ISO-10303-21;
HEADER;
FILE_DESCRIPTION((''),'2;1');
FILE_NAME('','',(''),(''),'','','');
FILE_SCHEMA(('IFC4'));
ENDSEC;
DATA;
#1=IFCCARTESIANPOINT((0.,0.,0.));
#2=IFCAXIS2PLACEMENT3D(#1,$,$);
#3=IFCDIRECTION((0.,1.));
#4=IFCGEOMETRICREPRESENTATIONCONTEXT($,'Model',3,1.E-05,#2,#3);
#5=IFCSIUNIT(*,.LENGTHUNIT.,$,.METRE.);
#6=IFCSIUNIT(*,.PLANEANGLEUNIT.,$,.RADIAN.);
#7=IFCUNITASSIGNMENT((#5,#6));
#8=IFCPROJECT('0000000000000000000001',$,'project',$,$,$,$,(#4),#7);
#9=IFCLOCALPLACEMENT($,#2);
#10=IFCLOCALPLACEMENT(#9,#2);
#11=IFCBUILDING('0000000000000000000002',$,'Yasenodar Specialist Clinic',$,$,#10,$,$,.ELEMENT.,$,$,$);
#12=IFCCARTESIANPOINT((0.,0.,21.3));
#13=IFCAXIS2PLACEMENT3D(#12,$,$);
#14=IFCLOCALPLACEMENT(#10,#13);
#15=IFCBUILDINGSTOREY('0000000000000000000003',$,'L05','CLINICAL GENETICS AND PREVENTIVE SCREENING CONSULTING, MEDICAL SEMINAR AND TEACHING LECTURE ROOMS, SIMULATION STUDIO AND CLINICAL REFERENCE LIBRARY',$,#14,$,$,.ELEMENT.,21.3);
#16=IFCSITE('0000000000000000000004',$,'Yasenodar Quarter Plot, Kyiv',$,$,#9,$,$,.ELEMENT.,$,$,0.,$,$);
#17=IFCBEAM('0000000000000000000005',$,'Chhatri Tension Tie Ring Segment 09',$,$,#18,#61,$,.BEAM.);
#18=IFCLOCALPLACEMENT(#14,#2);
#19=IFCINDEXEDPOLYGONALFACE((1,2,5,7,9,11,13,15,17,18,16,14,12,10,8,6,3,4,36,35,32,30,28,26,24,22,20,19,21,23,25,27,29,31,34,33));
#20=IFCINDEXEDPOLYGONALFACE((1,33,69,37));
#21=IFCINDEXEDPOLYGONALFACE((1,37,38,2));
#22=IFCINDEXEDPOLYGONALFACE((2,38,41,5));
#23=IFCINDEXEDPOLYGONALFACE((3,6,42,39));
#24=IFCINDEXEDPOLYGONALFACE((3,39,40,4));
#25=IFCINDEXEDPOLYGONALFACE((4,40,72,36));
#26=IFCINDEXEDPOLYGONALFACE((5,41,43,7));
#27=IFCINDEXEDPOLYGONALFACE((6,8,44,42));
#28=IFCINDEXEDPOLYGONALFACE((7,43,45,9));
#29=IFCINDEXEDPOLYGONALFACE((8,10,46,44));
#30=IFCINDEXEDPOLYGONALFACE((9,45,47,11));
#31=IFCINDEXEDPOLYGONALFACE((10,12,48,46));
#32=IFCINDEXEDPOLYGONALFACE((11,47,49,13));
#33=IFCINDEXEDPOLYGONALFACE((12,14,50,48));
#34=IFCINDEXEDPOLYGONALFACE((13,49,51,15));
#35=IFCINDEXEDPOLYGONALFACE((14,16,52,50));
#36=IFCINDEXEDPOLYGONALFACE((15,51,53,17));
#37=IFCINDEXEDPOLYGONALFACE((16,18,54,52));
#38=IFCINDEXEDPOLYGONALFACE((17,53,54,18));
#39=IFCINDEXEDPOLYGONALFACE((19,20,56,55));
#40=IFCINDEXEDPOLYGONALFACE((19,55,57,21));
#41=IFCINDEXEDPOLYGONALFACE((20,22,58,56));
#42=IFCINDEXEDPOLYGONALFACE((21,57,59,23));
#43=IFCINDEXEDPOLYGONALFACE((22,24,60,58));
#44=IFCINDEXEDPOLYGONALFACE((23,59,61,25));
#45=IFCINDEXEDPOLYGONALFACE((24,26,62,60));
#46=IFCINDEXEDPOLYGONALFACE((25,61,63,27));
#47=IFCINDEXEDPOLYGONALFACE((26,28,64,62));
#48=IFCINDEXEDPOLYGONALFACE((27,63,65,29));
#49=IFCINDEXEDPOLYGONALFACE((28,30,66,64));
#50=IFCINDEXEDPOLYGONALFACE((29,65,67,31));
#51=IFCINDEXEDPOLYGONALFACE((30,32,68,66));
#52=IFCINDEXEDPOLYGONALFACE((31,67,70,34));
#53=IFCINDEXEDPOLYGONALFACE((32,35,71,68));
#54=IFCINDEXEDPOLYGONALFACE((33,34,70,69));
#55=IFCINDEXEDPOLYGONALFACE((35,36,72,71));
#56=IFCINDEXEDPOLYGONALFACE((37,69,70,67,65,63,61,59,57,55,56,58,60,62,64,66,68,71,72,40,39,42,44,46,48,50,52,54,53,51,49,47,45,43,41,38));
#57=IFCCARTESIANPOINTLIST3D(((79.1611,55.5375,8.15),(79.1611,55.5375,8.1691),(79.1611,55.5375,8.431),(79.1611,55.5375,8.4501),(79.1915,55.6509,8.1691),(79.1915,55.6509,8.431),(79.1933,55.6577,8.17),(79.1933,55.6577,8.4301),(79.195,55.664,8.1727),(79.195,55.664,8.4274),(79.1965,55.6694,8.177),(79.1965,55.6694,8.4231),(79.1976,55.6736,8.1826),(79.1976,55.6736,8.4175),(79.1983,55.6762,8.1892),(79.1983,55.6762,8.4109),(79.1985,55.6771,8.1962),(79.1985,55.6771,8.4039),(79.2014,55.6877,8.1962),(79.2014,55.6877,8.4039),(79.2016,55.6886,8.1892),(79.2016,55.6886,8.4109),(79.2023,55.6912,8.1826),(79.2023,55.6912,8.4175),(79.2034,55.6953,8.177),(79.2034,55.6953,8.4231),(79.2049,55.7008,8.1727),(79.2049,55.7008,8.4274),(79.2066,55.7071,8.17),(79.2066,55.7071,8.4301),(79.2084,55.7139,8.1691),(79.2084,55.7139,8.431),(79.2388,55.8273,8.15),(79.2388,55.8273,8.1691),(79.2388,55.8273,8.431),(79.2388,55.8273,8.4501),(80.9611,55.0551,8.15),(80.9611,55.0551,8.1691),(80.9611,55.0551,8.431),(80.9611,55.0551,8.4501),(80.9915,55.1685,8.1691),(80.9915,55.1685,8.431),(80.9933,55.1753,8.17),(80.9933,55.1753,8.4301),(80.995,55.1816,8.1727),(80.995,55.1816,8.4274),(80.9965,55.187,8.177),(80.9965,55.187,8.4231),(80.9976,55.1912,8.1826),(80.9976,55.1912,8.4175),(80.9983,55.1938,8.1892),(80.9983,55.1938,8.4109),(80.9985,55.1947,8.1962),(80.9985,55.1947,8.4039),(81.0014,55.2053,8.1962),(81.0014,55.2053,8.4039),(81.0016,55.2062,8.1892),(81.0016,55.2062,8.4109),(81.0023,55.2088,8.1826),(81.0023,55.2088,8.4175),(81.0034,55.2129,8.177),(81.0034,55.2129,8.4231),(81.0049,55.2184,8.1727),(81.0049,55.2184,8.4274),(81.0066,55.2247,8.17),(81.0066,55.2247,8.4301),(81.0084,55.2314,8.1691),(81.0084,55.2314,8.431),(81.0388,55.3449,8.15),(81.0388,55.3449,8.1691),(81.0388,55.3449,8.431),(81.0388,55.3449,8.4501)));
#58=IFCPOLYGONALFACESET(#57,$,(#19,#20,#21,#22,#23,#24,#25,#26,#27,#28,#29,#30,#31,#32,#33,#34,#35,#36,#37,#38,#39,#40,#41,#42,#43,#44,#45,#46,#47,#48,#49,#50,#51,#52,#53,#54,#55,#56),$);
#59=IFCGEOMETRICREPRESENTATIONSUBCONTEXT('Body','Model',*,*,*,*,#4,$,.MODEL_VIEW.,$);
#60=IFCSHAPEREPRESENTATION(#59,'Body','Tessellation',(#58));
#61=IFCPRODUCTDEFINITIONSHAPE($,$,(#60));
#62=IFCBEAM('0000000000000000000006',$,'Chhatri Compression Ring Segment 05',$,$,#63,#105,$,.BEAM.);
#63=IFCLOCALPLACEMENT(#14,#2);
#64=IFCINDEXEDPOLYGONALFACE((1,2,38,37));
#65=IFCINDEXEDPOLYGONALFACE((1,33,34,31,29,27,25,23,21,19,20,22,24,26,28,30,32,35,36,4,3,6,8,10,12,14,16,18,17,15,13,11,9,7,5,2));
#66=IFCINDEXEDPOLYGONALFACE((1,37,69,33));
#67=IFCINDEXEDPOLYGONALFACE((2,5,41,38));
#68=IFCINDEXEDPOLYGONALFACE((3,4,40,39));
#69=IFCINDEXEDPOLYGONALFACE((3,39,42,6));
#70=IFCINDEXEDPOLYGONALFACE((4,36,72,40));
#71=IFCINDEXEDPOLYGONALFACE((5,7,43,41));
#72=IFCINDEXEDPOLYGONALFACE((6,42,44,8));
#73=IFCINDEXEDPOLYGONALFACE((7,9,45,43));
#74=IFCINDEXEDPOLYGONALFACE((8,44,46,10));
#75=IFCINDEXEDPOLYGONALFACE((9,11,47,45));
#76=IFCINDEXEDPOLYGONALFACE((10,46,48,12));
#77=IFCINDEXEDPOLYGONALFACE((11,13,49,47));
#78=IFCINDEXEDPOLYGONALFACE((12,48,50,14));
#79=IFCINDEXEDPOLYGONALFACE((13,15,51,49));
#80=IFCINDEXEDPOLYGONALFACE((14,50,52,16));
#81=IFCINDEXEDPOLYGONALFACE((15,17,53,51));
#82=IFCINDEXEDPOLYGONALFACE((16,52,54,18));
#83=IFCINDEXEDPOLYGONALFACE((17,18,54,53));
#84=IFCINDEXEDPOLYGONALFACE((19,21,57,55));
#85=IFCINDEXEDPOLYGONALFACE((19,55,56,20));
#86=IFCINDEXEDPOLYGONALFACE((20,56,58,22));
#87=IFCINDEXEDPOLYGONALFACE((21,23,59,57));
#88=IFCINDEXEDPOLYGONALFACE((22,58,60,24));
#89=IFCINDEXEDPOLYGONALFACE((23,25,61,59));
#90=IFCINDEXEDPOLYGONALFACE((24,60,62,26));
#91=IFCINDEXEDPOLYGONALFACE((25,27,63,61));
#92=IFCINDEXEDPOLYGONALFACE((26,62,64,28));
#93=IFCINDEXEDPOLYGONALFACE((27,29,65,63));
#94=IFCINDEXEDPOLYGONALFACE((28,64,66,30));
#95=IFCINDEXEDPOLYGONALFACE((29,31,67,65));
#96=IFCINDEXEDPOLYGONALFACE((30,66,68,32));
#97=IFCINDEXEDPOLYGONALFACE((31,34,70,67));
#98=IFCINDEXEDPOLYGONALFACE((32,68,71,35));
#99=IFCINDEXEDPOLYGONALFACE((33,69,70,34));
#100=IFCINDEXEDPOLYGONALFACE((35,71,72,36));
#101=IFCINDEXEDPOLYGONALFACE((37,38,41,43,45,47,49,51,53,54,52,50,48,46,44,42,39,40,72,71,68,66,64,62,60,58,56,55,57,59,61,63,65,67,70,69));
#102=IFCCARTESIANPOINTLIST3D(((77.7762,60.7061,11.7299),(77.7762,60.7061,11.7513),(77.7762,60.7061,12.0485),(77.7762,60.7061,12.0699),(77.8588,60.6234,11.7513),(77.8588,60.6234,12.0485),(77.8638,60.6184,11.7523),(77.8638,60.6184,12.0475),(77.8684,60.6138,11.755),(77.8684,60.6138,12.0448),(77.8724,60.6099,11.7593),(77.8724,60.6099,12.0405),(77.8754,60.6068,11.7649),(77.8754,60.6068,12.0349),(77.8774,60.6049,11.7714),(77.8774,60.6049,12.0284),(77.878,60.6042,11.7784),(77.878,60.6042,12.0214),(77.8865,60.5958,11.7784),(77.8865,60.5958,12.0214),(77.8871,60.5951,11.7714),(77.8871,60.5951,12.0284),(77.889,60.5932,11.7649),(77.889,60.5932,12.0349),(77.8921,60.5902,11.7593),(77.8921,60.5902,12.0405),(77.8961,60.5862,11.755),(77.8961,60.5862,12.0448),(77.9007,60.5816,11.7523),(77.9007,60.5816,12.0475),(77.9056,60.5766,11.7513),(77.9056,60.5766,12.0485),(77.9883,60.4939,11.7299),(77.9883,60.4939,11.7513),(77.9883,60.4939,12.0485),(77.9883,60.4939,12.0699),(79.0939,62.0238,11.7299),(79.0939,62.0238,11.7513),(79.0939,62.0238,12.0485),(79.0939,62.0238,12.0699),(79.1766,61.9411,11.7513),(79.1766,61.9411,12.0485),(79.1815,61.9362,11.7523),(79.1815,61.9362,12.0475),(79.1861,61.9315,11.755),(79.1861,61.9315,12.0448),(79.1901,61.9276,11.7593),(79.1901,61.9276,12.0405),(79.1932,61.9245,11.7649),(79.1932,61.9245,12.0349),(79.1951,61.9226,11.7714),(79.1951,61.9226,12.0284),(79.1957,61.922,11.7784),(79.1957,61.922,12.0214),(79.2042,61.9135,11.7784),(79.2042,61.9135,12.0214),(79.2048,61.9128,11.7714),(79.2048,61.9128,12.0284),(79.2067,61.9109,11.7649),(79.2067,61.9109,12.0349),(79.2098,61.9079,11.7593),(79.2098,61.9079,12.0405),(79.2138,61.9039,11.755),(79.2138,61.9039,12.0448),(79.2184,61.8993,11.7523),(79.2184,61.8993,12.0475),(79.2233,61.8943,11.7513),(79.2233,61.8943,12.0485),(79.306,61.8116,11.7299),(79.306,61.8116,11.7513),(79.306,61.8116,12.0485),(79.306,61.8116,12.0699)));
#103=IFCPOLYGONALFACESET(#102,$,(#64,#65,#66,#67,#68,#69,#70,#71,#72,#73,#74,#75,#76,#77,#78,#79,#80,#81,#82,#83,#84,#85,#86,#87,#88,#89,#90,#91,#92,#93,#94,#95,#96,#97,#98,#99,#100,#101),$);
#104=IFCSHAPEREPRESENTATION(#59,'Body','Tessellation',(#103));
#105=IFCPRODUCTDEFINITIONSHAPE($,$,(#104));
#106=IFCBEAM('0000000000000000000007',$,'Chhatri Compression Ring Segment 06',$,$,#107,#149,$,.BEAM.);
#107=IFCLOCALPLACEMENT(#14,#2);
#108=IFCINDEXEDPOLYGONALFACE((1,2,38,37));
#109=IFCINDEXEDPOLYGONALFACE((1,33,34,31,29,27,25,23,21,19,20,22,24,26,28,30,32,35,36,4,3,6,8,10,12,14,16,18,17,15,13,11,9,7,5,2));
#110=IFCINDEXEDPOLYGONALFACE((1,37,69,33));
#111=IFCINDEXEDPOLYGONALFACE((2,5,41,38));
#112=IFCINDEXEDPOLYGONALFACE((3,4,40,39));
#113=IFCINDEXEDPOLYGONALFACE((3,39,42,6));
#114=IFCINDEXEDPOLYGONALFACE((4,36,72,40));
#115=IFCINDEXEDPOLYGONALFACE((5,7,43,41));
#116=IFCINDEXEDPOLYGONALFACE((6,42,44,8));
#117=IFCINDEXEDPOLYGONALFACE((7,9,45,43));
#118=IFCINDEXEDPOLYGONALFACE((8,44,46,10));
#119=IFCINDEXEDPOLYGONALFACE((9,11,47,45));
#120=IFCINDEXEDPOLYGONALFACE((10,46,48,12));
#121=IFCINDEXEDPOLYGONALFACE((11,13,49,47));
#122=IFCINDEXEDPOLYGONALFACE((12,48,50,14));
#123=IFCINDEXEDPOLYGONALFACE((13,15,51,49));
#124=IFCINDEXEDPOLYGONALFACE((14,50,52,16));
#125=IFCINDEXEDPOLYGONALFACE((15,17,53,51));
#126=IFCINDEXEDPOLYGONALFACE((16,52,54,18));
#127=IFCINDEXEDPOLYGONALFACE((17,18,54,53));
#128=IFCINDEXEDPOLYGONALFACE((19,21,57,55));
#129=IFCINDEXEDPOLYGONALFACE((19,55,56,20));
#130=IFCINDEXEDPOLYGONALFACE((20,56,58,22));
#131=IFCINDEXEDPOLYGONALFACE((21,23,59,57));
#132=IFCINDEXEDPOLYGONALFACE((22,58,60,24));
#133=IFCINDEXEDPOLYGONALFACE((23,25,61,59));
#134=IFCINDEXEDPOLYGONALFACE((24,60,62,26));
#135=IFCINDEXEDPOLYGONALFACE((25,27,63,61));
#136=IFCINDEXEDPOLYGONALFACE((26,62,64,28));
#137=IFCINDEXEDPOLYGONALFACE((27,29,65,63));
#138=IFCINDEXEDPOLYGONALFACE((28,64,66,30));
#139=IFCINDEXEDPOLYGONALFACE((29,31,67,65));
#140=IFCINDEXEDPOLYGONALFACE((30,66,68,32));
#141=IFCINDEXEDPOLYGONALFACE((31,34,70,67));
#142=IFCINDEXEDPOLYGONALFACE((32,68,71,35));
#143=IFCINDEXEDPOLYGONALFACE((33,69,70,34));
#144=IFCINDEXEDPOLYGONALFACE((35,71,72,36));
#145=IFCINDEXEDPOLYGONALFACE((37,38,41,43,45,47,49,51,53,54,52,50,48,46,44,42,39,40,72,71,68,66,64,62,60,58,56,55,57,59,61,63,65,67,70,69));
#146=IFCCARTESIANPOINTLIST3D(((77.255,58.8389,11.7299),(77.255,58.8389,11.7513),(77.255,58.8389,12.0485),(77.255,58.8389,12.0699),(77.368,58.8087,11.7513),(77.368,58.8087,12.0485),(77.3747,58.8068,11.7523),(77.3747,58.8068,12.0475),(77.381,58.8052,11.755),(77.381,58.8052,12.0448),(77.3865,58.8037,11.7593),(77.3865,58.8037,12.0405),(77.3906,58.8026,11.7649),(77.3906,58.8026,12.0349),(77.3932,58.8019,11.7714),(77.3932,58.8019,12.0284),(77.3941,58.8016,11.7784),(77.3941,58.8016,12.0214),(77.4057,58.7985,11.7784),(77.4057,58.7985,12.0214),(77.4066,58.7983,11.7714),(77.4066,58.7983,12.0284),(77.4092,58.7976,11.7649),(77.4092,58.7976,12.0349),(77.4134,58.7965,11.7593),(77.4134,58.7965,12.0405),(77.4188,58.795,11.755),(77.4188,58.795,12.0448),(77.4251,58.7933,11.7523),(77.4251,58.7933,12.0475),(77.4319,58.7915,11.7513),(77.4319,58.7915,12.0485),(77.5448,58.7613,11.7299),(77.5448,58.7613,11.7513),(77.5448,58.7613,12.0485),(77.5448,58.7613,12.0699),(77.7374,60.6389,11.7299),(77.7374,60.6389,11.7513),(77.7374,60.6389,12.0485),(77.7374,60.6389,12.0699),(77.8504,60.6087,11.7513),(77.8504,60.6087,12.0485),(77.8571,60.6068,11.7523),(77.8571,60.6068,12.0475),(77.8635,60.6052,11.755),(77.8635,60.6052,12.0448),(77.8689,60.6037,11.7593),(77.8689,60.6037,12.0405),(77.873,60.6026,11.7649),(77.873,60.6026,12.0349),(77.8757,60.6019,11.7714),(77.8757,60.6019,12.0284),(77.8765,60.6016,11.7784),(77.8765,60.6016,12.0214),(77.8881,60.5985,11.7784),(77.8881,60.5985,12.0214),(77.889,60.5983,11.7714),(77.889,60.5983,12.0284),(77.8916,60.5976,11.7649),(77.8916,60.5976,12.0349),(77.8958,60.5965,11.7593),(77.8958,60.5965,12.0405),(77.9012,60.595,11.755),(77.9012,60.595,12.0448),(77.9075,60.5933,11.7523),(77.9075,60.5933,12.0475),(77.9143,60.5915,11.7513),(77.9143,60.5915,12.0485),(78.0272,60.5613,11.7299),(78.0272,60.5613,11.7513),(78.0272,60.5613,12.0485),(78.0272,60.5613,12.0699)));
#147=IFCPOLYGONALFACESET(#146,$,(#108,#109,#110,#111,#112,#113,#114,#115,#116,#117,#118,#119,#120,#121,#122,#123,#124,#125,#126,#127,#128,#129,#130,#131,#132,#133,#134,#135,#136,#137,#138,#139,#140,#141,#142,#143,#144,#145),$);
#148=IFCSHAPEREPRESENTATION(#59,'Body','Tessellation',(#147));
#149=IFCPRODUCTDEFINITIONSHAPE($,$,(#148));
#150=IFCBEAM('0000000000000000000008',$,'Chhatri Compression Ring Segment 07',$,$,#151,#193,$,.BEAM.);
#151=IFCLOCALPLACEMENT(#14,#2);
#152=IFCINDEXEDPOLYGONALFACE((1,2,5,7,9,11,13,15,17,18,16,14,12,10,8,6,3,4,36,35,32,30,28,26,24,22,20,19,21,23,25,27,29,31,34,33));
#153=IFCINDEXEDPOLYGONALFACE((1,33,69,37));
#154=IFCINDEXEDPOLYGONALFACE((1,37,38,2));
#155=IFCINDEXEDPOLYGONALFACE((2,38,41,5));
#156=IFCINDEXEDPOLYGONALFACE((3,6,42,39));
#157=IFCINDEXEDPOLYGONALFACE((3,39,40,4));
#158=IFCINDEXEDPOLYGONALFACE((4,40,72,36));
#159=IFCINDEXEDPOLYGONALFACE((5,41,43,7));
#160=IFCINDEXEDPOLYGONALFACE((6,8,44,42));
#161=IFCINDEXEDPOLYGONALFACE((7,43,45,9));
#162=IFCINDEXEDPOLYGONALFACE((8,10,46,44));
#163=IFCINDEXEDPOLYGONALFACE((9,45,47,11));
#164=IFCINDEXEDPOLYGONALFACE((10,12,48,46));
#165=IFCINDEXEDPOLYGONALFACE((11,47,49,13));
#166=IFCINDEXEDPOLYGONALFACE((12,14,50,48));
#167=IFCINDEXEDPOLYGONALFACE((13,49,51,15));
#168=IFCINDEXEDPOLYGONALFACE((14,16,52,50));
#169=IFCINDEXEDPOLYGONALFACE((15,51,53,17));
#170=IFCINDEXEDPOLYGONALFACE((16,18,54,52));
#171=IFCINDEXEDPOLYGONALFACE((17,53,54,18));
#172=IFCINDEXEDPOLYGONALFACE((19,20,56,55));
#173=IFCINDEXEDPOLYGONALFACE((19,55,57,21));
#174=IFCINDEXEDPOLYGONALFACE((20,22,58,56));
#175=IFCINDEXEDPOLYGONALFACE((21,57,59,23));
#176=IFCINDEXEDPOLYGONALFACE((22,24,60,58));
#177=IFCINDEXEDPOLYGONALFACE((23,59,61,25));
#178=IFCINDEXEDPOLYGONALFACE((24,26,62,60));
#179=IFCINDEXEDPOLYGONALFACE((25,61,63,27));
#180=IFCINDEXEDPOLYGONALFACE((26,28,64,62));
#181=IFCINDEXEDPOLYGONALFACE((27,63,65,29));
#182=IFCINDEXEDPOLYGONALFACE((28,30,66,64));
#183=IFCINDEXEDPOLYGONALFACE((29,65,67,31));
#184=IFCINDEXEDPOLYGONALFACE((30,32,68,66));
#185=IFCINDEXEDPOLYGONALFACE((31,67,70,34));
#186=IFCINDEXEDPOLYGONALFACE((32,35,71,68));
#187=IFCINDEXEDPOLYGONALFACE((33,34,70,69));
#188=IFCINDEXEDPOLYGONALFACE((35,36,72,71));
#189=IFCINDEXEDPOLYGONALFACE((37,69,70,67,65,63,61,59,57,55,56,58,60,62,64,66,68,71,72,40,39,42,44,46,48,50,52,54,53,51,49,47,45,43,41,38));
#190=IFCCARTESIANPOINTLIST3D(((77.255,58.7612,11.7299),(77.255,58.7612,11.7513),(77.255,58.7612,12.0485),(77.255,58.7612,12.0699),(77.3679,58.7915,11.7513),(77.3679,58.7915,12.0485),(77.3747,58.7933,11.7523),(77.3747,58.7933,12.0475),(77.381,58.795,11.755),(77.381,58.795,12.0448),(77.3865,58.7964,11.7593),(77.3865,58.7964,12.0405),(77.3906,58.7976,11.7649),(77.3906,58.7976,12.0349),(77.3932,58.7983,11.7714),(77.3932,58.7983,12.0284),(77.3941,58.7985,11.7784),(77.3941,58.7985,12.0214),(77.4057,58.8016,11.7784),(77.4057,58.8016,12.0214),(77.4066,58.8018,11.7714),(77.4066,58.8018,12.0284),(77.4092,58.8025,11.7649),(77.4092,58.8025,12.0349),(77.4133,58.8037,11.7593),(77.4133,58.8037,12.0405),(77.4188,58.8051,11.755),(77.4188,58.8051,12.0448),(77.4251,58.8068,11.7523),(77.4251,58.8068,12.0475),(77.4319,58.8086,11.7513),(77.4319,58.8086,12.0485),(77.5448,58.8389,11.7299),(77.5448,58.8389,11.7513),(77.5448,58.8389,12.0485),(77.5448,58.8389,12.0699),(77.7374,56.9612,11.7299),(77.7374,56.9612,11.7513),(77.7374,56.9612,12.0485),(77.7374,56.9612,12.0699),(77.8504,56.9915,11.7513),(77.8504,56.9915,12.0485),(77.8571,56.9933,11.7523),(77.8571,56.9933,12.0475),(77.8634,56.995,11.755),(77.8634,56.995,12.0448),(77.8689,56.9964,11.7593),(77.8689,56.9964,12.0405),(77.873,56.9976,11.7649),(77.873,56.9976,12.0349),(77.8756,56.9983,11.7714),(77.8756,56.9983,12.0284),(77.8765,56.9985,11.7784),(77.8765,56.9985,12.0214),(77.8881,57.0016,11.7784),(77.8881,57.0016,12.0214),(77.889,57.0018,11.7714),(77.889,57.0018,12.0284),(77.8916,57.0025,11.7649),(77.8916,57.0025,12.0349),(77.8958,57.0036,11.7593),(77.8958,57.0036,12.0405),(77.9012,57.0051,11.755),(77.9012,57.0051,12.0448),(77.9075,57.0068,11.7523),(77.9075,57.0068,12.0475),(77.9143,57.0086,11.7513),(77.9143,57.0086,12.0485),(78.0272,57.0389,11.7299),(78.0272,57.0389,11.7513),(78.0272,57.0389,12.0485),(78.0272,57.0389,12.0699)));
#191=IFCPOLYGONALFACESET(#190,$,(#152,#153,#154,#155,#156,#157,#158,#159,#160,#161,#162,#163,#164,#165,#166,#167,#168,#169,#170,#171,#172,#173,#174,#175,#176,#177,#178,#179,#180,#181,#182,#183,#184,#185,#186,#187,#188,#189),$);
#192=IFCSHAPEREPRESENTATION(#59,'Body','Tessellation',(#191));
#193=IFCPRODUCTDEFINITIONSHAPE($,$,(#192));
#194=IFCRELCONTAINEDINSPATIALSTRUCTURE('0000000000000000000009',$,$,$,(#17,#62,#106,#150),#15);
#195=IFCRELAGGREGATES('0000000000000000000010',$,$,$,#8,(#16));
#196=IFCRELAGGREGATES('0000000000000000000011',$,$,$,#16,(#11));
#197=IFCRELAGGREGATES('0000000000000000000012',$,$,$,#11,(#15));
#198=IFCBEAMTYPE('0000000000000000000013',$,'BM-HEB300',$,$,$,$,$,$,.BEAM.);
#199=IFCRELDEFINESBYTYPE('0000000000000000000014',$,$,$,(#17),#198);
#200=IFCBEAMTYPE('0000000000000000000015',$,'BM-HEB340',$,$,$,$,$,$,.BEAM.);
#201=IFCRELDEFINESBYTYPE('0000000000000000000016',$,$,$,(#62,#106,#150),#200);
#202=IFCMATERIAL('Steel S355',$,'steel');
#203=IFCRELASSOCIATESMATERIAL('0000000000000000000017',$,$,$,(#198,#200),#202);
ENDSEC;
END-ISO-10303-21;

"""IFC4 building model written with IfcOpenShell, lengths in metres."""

from ifc_helpers import new_model, si_unit, direction, frame, origin, origin_2d, place, context, subcontext, project, spatial, i_section, extrude, material, material_profile, profile_set, type_object, element, save


model = new_model("IFC4")

# Units and contexts
model_context = context("Model", 3, precision=1e-05, world=origin(), true_north=direction((0.0, 1.0)))
body_context = subcontext(model_context, "Body", "Model", "MODEL_VIEW")
ifc_project = project(units=[si_unit("LENGTHUNIT", "METRE"), si_unit("PLANEANGLEUNIT", "RADIAN")], contexts=[model_context])

# Site, building, storey
site_placement = place(None, origin())
site = spatial("IfcSite", under=ifc_project, at=site_placement, Name="Yasenodar Quarter Plot, Kyiv", CompositionType="ELEMENT", RefElevation=0.0)
building_placement = place(site_placement, origin())
building = spatial("IfcBuilding", under=site, at=building_placement, Name="Yasenodar Specialist Clinic", CompositionType="ELEMENT")
storey_placement = place(building_placement, frame((0.0, 0.0, 21.3)))
storey = spatial("IfcBuildingStorey", under=building, at=storey_placement, Name="L05", Description="CLINICAL GENETICS AND PREVENTIVE SCREENING CONSULTING, MEDICAL SEMINAR AND TEACHING LECTURE ROOMS, SIMULATION STUDIO AND CLINICAL REFERENCE LIBRARY", CompositionType="ELEMENT", Elevation=21.3)

# Beams
ifc_material = material(Name="Steel S355", Category="steel")
ifc_material_profile_1 = material_profile(ifc_material, i_section(OverallWidth=0.3, OverallDepth=0.3, WebThickness=0.011, FlangeThickness=0.019, FilletRadius=0.0271, at=origin_2d()), Name="HEB 300")
ifc_profile_set_1 = profile_set([ifc_material_profile_1], Name="Steel S355")
beam_type_1 = type_object("IfcBeamType", Name="BM-HEB300", PredefinedType="BEAM", material=ifc_profile_set_1)
for number, where, z_axis, x_axis, name in (
    (1, (79.2, 55.6824, 8.3), (0.965912, -0.258869, 0.0), (0.258869, 0.965912, 0.0), "Chhatri Tension Tie Ring Segment 09"),
):
    element("IfcBeam", number, at=place(storey_placement, frame(where, z_axis=z_axis, x_axis=x_axis)), inside=storey, type_object=beam_type_1, Name=name, PredefinedType="BEAM", context=body_context, shape_type="SweptSolid", body=[
        extrude(i_section(OverallWidth=0.3, OverallDepth=0.3, WebThickness=0.011, FlangeThickness=0.019, FilletRadius=0.0271, at=origin_2d()), origin(), (0.0, 0.0, 1.0), 1.8635),
    ])
ifc_material_profile_2 = material_profile(ifc_material, i_section(OverallWidth=0.3, OverallDepth=0.3401, WebThickness=0.012, FlangeThickness=0.0215, FilletRadius=0.0271, at=origin_2d()), Name="HEB 340")
ifc_profile_set_2 = profile_set([ifc_material_profile_2], Name="Steel S355")
beam_type_2 = type_object("IfcBeamType", Name="BM-HEB340", PredefinedType="BEAM", material=ifc_profile_set_2)
for number, where, z_axis, x_axis, name in (
    (2, (79.2, 61.9177, 11.8999), (-0.707107, -0.707107, 0.0), (0.707107, -0.707107, 0.0), "Chhatri Compression Ring Segment 05"),
    (3, (77.8823, 60.6001, 11.8999), (-0.258869, -0.965912, 0.0), (0.965912, -0.258869, 0.0), "Chhatri Compression Ring Segment 06"),
    (4, (77.3999, 58.8, 11.8999), (0.258869, -0.965912, 0.0), (0.965912, 0.258869, 0.0), "Chhatri Compression Ring Segment 07"),
):
    element("IfcBeam", number, at=place(storey_placement, frame(where, z_axis=z_axis, x_axis=x_axis)), inside=storey, type_object=beam_type_2, Name=name, PredefinedType="BEAM", context=body_context, shape_type="SweptSolid", body=[
        extrude(i_section(OverallWidth=0.3, OverallDepth=0.3401, WebThickness=0.012, FlangeThickness=0.0215, FilletRadius=0.0271, at=origin_2d()), origin(), (0.0, 0.0, 1.0), 1.8635),
    ])

save(model, "model.ifc")
